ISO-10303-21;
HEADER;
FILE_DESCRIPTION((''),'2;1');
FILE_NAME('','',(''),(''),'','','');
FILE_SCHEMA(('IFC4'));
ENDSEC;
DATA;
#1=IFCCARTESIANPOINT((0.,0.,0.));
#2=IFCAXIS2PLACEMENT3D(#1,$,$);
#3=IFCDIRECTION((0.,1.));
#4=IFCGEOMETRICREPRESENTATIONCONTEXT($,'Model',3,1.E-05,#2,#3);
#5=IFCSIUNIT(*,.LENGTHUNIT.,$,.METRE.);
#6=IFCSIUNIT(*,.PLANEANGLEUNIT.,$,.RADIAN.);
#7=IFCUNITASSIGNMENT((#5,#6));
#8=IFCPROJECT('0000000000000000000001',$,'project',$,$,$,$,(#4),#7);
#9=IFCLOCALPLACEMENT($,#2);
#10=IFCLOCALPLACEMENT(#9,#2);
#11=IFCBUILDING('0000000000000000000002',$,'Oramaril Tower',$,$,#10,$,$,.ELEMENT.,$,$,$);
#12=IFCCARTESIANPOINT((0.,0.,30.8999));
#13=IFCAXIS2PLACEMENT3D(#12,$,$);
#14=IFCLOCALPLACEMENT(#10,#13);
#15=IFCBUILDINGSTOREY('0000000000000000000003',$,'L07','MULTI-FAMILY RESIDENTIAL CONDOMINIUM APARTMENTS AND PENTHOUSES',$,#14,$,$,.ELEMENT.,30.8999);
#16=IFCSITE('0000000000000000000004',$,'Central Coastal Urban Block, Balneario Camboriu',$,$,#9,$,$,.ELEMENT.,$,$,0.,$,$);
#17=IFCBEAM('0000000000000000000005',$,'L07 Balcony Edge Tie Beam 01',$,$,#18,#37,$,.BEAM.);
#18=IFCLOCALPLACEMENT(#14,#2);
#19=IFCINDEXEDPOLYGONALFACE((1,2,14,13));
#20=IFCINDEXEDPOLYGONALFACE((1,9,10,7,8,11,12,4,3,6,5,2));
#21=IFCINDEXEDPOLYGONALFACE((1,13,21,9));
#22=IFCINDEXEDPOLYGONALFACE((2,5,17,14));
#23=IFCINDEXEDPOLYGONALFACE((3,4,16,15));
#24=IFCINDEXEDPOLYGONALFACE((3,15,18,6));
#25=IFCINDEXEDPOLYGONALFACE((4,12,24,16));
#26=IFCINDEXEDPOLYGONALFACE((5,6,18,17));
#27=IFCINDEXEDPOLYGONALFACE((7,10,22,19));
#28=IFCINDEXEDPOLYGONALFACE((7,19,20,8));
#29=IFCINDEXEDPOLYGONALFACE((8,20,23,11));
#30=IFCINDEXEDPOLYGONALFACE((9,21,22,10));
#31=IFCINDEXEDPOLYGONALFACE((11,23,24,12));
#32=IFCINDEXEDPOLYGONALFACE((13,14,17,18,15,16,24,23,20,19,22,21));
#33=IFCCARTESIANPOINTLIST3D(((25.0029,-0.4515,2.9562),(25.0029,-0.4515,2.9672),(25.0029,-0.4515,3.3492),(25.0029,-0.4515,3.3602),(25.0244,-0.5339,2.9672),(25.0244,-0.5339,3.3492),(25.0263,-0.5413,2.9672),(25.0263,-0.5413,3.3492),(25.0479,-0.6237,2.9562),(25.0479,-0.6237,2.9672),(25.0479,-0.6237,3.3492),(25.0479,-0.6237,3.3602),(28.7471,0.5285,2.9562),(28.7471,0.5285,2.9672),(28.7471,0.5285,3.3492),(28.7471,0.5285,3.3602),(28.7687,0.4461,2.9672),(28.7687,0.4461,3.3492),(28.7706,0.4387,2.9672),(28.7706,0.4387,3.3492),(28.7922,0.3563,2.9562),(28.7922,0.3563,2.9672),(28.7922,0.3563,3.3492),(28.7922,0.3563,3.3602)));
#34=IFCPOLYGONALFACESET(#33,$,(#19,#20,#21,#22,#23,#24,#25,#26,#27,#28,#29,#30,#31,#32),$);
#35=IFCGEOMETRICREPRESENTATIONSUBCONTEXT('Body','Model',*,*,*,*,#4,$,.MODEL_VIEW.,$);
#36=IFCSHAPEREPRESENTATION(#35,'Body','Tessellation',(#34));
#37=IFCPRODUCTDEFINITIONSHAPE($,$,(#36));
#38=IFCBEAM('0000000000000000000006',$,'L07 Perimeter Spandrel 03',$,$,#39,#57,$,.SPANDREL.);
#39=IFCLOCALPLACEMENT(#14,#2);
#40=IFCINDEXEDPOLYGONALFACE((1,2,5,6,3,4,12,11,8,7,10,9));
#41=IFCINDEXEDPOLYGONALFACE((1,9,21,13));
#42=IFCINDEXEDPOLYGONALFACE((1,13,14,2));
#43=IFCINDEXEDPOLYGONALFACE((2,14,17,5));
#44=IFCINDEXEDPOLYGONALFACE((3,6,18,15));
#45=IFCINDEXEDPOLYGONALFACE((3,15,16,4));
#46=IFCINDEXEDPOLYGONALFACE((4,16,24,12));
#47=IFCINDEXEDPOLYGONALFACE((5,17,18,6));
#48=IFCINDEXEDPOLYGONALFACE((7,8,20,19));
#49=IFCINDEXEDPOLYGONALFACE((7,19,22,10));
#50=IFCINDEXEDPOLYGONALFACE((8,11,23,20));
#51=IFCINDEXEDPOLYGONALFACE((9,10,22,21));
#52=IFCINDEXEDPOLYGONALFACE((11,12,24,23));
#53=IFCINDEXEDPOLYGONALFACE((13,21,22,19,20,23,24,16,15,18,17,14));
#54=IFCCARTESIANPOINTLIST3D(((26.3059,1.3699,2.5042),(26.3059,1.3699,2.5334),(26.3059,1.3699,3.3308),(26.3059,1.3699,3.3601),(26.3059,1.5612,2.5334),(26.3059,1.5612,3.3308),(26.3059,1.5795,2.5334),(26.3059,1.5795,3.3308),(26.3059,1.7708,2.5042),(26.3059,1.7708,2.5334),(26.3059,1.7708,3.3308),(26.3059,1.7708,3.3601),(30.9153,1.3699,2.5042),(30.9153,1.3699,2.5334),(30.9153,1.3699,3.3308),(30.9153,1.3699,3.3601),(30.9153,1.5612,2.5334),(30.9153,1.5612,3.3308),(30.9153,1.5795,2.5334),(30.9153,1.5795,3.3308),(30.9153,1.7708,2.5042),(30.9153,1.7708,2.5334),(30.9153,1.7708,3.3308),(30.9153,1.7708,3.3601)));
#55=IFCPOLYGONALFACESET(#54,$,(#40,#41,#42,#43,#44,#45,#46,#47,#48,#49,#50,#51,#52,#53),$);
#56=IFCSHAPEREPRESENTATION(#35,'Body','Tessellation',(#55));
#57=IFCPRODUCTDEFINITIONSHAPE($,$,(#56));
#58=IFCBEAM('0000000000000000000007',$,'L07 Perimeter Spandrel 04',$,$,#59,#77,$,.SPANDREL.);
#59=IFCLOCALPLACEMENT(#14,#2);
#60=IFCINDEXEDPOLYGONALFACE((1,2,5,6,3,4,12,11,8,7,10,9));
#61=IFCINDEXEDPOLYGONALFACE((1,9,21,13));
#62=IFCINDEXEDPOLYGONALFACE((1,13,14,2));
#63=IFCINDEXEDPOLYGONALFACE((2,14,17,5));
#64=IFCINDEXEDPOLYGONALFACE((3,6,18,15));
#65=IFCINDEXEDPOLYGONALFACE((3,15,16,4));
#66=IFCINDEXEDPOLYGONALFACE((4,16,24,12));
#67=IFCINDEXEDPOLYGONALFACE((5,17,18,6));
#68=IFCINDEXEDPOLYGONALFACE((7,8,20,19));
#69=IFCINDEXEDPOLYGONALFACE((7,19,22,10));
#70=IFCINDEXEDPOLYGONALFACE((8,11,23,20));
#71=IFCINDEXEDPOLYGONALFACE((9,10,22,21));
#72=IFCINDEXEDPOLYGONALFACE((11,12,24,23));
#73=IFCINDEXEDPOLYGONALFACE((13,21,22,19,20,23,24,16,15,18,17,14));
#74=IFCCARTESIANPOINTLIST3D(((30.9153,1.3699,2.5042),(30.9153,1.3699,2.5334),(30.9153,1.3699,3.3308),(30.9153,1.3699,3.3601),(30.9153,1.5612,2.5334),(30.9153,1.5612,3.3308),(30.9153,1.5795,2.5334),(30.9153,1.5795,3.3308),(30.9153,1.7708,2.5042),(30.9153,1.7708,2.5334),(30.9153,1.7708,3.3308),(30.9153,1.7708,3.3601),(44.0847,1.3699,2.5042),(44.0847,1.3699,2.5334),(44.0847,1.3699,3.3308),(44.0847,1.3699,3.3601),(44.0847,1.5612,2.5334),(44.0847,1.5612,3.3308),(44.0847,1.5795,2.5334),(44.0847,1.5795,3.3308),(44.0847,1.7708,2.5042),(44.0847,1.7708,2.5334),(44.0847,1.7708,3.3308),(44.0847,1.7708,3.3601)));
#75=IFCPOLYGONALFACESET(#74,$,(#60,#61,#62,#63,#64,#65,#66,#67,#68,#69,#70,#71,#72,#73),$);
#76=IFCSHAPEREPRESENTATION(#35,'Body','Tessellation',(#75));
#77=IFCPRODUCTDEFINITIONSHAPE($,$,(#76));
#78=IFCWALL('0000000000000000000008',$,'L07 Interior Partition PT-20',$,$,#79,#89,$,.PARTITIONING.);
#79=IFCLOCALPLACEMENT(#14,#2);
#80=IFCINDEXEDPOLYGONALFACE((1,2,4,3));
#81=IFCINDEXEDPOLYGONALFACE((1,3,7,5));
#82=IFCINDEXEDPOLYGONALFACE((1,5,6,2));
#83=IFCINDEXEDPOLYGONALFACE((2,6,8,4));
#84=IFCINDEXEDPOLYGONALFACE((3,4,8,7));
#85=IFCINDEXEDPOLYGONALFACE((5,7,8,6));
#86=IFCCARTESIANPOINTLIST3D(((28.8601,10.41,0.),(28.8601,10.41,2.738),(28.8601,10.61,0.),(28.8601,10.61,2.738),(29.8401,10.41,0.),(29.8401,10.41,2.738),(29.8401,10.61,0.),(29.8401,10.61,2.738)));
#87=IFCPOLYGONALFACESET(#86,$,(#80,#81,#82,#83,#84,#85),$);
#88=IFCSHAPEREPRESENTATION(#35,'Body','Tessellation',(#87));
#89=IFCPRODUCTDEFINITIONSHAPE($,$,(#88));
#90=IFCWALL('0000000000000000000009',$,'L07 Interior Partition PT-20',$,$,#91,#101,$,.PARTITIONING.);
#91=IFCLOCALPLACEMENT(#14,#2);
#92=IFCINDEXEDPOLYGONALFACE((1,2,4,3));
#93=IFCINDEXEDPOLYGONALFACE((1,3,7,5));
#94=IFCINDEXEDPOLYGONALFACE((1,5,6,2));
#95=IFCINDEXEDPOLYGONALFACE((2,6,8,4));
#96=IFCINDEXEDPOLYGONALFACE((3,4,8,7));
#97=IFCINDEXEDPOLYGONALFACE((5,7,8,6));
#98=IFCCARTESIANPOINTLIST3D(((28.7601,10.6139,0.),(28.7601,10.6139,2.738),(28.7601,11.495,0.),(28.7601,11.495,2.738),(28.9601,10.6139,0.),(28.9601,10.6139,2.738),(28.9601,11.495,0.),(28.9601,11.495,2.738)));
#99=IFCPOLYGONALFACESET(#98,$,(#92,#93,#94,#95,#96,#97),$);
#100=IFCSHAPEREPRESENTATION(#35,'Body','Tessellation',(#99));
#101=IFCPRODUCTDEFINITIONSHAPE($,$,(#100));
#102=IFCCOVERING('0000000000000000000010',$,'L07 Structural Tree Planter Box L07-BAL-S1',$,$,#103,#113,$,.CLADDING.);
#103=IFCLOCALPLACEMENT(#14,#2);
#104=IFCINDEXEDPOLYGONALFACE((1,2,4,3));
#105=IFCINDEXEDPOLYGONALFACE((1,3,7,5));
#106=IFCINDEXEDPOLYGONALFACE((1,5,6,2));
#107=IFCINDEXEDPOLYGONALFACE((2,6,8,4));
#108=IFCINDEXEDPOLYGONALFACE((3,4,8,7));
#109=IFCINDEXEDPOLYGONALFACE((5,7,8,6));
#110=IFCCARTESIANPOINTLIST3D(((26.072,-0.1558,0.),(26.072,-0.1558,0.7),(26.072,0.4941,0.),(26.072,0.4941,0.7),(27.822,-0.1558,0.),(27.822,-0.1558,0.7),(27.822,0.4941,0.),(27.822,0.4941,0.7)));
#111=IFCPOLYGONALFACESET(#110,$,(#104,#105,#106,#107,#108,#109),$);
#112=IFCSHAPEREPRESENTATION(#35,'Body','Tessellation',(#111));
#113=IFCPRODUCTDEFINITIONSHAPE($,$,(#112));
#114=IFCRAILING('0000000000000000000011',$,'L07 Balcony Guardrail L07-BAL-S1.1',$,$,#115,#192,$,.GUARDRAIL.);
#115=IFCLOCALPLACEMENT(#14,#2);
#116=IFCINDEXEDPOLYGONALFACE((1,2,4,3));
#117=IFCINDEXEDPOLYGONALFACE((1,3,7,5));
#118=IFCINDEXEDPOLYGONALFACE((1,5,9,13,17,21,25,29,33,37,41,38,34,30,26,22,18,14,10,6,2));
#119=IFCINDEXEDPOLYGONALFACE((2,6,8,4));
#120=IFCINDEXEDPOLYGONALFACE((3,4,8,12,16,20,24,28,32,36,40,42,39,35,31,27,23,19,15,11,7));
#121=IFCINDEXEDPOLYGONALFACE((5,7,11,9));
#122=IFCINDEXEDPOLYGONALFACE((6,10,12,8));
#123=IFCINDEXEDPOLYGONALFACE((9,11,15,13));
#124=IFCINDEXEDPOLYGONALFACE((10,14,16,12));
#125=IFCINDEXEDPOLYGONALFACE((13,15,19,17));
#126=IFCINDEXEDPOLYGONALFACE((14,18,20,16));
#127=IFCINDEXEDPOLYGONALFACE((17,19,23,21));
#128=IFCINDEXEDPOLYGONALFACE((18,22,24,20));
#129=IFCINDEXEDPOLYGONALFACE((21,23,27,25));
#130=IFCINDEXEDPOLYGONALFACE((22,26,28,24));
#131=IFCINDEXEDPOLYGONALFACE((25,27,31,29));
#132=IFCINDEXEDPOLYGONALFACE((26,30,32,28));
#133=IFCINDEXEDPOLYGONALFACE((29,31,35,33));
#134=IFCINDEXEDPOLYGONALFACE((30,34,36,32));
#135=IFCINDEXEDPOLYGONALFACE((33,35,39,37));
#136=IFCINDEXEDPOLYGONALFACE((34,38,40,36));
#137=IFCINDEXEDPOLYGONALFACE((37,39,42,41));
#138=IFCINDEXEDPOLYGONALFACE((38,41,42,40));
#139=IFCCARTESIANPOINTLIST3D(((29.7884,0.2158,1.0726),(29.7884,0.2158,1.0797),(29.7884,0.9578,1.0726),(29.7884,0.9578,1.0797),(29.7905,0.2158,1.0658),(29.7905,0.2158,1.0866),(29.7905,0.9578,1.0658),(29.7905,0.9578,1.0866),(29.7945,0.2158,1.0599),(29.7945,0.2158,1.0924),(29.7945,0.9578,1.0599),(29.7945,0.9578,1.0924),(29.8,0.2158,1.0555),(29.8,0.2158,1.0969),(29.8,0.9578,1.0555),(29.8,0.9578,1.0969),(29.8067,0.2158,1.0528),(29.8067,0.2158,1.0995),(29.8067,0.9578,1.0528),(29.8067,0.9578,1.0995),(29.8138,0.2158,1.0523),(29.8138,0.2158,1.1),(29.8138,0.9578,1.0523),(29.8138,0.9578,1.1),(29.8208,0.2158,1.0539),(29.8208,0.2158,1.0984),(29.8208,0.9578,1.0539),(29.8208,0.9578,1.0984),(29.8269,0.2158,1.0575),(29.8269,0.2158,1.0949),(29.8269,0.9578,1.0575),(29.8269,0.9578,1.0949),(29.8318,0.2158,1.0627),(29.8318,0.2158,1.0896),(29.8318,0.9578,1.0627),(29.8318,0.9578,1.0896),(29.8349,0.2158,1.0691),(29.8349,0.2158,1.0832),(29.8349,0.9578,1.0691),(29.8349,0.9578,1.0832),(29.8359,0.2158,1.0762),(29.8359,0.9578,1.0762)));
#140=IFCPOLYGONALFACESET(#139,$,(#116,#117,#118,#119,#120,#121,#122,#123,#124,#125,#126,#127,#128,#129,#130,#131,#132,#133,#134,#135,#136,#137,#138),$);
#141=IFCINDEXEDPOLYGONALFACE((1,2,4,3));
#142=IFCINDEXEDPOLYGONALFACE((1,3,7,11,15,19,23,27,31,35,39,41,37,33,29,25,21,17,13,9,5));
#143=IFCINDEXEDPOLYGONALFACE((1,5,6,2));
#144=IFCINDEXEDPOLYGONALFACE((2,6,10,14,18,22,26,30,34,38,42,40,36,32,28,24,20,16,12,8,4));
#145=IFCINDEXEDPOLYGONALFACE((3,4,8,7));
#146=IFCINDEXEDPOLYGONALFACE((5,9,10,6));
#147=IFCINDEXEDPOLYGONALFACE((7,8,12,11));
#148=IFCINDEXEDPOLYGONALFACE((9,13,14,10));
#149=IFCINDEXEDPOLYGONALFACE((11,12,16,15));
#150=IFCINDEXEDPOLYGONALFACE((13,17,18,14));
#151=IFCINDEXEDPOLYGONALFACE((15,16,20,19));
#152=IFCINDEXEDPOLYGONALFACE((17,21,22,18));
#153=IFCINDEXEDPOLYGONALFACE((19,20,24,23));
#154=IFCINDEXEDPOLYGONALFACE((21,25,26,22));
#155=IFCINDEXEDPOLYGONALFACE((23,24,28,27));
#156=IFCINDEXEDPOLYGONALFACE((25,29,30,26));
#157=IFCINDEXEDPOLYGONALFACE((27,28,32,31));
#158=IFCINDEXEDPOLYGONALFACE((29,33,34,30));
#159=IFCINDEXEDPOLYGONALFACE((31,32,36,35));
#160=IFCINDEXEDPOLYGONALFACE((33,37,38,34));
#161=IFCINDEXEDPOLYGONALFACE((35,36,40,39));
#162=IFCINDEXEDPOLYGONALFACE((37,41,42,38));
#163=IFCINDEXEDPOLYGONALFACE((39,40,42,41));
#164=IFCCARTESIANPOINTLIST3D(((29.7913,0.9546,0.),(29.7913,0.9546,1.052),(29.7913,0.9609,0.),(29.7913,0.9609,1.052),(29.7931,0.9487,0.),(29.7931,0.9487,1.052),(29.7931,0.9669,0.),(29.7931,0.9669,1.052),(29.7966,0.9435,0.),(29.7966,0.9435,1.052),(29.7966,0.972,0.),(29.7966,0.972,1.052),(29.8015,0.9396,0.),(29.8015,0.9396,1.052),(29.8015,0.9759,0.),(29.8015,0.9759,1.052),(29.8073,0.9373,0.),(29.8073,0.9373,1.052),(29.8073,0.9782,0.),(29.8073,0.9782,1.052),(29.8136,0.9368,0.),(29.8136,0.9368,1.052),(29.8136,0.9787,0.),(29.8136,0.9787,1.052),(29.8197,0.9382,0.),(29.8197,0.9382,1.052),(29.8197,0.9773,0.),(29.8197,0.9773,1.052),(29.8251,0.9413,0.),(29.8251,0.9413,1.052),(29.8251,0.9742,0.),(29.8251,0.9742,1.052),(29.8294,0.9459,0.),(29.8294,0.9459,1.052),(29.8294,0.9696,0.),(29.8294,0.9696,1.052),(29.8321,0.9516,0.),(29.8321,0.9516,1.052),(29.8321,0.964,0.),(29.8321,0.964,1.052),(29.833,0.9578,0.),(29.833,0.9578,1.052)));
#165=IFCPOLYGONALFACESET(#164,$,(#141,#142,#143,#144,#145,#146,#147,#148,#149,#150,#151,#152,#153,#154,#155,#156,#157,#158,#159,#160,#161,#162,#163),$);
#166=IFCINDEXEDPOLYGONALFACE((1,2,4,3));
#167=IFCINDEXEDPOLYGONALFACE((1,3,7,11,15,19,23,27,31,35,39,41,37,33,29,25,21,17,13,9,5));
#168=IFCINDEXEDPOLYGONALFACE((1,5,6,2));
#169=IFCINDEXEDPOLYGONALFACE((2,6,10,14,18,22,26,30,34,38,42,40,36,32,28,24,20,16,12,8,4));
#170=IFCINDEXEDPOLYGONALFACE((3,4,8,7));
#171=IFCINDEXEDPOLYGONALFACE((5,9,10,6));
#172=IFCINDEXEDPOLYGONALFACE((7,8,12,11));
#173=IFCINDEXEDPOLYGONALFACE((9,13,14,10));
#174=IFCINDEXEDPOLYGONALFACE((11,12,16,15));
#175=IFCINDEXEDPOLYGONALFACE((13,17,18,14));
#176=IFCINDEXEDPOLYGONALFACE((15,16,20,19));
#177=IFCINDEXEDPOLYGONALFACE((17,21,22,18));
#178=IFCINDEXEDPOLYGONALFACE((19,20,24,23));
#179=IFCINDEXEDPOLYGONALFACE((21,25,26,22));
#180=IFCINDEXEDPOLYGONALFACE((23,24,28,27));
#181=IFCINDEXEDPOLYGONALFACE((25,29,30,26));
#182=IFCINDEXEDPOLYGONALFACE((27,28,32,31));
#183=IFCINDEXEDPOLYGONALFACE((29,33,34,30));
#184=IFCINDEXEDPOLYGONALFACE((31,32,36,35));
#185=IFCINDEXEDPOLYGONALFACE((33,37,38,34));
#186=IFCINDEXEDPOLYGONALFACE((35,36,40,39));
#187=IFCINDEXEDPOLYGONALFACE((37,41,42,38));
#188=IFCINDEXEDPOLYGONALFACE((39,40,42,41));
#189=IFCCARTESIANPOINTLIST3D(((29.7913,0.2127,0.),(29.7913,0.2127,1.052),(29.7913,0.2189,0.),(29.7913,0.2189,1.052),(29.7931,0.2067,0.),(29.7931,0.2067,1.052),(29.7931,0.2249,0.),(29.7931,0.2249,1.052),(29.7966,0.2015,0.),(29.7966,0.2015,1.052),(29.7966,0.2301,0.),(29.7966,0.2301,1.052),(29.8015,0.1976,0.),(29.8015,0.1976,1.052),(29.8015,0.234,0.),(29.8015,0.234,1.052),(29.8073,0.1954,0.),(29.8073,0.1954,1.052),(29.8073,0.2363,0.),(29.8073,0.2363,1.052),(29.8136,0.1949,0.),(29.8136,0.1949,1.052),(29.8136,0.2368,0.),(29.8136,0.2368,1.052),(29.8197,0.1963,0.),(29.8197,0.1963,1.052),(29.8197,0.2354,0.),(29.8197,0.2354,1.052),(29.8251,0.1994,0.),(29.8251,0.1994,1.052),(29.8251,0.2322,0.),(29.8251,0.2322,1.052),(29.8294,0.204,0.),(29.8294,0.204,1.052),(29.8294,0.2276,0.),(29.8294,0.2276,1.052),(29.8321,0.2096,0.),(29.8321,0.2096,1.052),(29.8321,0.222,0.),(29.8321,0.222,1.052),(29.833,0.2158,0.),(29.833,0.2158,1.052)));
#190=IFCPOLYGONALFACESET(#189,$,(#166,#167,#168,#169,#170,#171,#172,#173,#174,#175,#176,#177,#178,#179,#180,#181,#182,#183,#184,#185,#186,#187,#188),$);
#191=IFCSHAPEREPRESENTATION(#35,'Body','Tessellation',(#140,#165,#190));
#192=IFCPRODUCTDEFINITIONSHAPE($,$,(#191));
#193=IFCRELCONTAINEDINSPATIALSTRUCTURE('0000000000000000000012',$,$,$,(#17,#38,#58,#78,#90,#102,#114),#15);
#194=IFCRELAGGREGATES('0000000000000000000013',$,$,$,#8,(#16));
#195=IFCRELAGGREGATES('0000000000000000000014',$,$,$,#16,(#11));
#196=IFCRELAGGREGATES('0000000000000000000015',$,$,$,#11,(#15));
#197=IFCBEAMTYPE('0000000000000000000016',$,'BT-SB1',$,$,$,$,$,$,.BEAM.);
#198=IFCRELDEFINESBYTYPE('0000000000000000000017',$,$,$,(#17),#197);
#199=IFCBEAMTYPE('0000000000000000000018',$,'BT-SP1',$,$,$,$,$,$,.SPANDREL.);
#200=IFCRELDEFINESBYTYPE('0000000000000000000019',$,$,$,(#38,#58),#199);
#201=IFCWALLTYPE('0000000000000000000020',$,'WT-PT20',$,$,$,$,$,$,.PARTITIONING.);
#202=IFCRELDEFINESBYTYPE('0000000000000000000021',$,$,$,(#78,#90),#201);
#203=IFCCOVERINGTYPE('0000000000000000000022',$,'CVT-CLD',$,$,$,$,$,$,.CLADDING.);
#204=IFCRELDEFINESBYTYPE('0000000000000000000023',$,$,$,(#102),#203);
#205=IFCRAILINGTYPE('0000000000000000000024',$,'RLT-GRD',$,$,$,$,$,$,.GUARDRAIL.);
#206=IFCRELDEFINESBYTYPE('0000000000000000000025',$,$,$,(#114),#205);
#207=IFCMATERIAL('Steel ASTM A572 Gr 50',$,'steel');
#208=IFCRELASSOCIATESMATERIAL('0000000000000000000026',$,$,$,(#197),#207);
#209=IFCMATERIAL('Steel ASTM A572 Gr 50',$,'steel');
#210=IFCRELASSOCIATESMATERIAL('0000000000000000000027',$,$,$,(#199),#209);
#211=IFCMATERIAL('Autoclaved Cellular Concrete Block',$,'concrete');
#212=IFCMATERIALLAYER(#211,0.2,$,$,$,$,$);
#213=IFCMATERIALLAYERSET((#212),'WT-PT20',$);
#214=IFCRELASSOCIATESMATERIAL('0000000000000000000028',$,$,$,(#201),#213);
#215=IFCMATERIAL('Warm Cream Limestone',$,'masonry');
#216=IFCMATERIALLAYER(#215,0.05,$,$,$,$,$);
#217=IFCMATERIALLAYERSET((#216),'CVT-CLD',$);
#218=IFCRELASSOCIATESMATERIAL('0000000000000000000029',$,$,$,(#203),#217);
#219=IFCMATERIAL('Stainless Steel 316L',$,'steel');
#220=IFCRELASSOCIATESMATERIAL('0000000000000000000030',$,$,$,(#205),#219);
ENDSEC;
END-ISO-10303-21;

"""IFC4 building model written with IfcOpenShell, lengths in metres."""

from ifc_helpers import new_model, si_unit, direction, frame, frame_2d, origin, origin_2d, place, context, subcontext, project, spatial, rectangle, circle, i_section, extrude, material, layer, layer_set, material_profile, profile_set, type_object, element, save


model = new_model("IFC4")

# Units and contexts
model_context = context("Model", 3, precision=1e-05, world=origin(), true_north=direction((0.0, 1.0)))
body_context = subcontext(model_context, "Body", "Model", "MODEL_VIEW")
ifc_project = project(units=[si_unit("LENGTHUNIT", "METRE"), si_unit("PLANEANGLEUNIT", "RADIAN")], contexts=[model_context])

# Site, building, storey
site_placement = place(None, origin())
site = spatial("IfcSite", under=ifc_project, at=site_placement, Name="Central Coastal Urban Block, Balneario Camboriu", CompositionType="ELEMENT", RefElevation=0.0)
building_placement = place(site_placement, origin())
building = spatial("IfcBuilding", under=site, at=building_placement, Name="Oramaril Tower", CompositionType="ELEMENT")
storey_placement = place(building_placement, frame((0.0, 0.0, 30.8999)))
storey = spatial("IfcBuildingStorey", under=building, at=storey_placement, Name="L07", Description="MULTI-FAMILY RESIDENTIAL CONDOMINIUM APARTMENTS AND PENTHOUSES", CompositionType="ELEMENT", Elevation=30.8999)

# Beams
ifc_material_1 = material(Name="Steel ASTM A572 Gr 50", Category="steel")
ifc_material_profile_1 = material_profile(ifc_material_1, i_section(OverallWidth=0.178, OverallDepth=0.4041, WebThickness=0.0076, FlangeThickness=0.011, at=origin_2d()), Name="W16X36")
ifc_profile_set_1 = profile_set([ifc_material_profile_1], Name="Steel ASTM A572 Gr 50")
beam_type_1 = type_object("IfcBeamType", Name="BT-SB1", PredefinedType="BEAM", material=ifc_profile_set_1)
beam_1_placement = place(storey_placement, frame((25.0254, -0.5376, 3.1582), z_axis=(0.967412, 0.253208, 0.0), x_axis=(-0.253208, 0.967412, 0.0)))
element("IfcBeam", 1, at=beam_1_placement, inside=storey, type_object=beam_type_1, Name="L07 Balcony Edge Tie Beam 01", PredefinedType="BEAM", context=body_context, shape_type="SweptSolid", body=[
    extrude(i_section(OverallWidth=0.178, OverallDepth=0.4041, WebThickness=0.0076, FlangeThickness=0.011, at=origin_2d()), origin(), (0.0, 0.0, 1.0), 3.8704),
])
ifc_material_2 = material(Name="Steel ASTM A572 Gr 50", Category="steel")
ifc_material_profile_2 = material_profile(ifc_material_2, i_section(OverallWidth=0.4009, OverallDepth=0.856, WebThickness=0.0183, FlangeThickness=0.0293, at=origin_2d()), Name="W33X201")
ifc_profile_set_2 = profile_set([ifc_material_profile_2], Name="Steel ASTM A572 Gr 50")
beam_type_2 = type_object("IfcBeamType", Name="BT-SP1", PredefinedType="SPANDREL", material=ifc_profile_set_2)
beam_2_placement = place(storey_placement, frame((26.3059, 1.5703, 2.9321), z_axis=(1.0, 0.0, 0.0), x_axis=(0.0, 1.0, 0.0)))
element("IfcBeam", 2, at=beam_2_placement, inside=storey, type_object=beam_type_2, Name="L07 Perimeter Spandrel 03", PredefinedType="SPANDREL", context=body_context, shape_type="SweptSolid", body=[
    extrude(i_section(OverallWidth=0.4009, OverallDepth=0.856, WebThickness=0.0183, FlangeThickness=0.0293, at=origin_2d()), origin(), (0.0, 0.0, 1.0), 4.6094),
])
beam_3_placement = place(storey_placement, frame((30.9153, 1.5703, 2.9321), z_axis=(1.0, 0.0, 0.0), x_axis=(0.0, 1.0, 0.0)))
element("IfcBeam", 3, at=beam_3_placement, inside=storey, type_object=beam_type_2, Name="L07 Perimeter Spandrel 04", PredefinedType="SPANDREL", context=body_context, shape_type="SweptSolid", body=[
    extrude(i_section(OverallWidth=0.4009, OverallDepth=0.856, WebThickness=0.0183, FlangeThickness=0.0293, at=origin_2d()), origin(), (0.0, 0.0, 1.0), 13.1694),
])

# Walls
ifc_material_3 = material(Name="Autoclaved Cellular Concrete Block", Category="concrete")
ifc_layer_1 = layer(ifc_material_3, 0.2)
ifc_layer_set_1 = layer_set([ifc_layer_1], Name="WT-PT20")
wall_type = type_object("IfcWallType", Name="WT-PT20", PredefinedType="PARTITIONING", material=ifc_layer_set_1)
wall_1_placement = place(storey_placement, frame((28.8601, 10.51, 0.0), z_axis=(0.0, 0.0, 1.0), x_axis=(1.0, 0.0, 0.0)))
element("IfcWall", 4, at=wall_1_placement, inside=storey, type_object=wall_type, Name="L07 Interior Partition PT-20", PredefinedType="PARTITIONING", context=body_context, shape_type="SweptSolid", body=[
    extrude(rectangle(XDim=0.98, YDim=0.2, at=frame_2d((0.49, 0.0))), origin(), (0.0, 0.0, 1.0), 2.738),
])
wall_2_placement = place(storey_placement, frame((28.8601, 10.614, 0.0), z_axis=(0.0, 0.0, 1.0), x_axis=(0.0, 1.0, 0.0)))
element("IfcWall", 5, at=wall_2_placement, inside=storey, type_object=wall_type, Name="L07 Interior Partition PT-20", PredefinedType="PARTITIONING", context=body_context, shape_type="SweptSolid", body=[
    extrude(rectangle(XDim=0.8811, YDim=0.2, at=frame_2d((0.4404, 0.0))), origin(), (0.0, 0.0, 1.0), 2.738),
])

# Covering
ifc_material_4 = material(Name="Warm Cream Limestone", Category="masonry")
ifc_layer_2 = layer(ifc_material_4, 0.05)
ifc_layer_set_2 = layer_set([ifc_layer_2], Name="CVT-CLD")
covering_type = type_object("IfcCoveringType", Name="CVT-CLD", PredefinedType="CLADDING", material=ifc_layer_set_2)
covering_placement = place(storey_placement, frame((26.947, 0.1692, 0.0), z_axis=(0.0, 0.0, 1.0), x_axis=(1.0, 0.0, 0.0)))
element("IfcCovering", 6, at=covering_placement, inside=storey, type_object=covering_type, Name="L07 Structural Tree Planter Box L07-BAL-S1", PredefinedType="CLADDING", context=body_context, shape_type="SweptSolid", body=[
    extrude(rectangle(XDim=1.75, YDim=0.6499, at=origin_2d()), origin(), (0.0, 0.0, 1.0), 0.7),
])

# Railing
ifc_material_5 = material(Name="Stainless Steel 316L", Category="steel")
railing_type = type_object("IfcRailingType", Name="RLT-GRD", PredefinedType="GUARDRAIL", material=ifc_material_5)
railing_1_placement = place(storey_placement, frame((29.812, 0.9578, 0.0)))
element("IfcRailing", 7, at=railing_1_placement, inside=storey, type_object=railing_type, Name="L07 Balcony Guardrail L07-BAL-S1.1", PredefinedType="GUARDRAIL", context=body_context, shape_type="SweptSolid", body=[
    extrude(circle(Radius=0.0239, at=origin_2d()), frame((0.0, 0.0, 1.0762), z_axis=(0.0, -1.0, 0.0), x_axis=(1.0, 0.0, 0.0)), (0.0, 0.0, 1.0), 0.7419),
    extrude(circle(Radius=0.021, at=origin_2d()), origin(), (0.0, 0.0, 1.0), 1.052),
    extrude(circle(Radius=0.021, at=origin_2d()), frame((0.0, -0.7419, 0.0)), (0.0, 0.0, 1.0), 1.052),
])

save(model, "model.ifc")
